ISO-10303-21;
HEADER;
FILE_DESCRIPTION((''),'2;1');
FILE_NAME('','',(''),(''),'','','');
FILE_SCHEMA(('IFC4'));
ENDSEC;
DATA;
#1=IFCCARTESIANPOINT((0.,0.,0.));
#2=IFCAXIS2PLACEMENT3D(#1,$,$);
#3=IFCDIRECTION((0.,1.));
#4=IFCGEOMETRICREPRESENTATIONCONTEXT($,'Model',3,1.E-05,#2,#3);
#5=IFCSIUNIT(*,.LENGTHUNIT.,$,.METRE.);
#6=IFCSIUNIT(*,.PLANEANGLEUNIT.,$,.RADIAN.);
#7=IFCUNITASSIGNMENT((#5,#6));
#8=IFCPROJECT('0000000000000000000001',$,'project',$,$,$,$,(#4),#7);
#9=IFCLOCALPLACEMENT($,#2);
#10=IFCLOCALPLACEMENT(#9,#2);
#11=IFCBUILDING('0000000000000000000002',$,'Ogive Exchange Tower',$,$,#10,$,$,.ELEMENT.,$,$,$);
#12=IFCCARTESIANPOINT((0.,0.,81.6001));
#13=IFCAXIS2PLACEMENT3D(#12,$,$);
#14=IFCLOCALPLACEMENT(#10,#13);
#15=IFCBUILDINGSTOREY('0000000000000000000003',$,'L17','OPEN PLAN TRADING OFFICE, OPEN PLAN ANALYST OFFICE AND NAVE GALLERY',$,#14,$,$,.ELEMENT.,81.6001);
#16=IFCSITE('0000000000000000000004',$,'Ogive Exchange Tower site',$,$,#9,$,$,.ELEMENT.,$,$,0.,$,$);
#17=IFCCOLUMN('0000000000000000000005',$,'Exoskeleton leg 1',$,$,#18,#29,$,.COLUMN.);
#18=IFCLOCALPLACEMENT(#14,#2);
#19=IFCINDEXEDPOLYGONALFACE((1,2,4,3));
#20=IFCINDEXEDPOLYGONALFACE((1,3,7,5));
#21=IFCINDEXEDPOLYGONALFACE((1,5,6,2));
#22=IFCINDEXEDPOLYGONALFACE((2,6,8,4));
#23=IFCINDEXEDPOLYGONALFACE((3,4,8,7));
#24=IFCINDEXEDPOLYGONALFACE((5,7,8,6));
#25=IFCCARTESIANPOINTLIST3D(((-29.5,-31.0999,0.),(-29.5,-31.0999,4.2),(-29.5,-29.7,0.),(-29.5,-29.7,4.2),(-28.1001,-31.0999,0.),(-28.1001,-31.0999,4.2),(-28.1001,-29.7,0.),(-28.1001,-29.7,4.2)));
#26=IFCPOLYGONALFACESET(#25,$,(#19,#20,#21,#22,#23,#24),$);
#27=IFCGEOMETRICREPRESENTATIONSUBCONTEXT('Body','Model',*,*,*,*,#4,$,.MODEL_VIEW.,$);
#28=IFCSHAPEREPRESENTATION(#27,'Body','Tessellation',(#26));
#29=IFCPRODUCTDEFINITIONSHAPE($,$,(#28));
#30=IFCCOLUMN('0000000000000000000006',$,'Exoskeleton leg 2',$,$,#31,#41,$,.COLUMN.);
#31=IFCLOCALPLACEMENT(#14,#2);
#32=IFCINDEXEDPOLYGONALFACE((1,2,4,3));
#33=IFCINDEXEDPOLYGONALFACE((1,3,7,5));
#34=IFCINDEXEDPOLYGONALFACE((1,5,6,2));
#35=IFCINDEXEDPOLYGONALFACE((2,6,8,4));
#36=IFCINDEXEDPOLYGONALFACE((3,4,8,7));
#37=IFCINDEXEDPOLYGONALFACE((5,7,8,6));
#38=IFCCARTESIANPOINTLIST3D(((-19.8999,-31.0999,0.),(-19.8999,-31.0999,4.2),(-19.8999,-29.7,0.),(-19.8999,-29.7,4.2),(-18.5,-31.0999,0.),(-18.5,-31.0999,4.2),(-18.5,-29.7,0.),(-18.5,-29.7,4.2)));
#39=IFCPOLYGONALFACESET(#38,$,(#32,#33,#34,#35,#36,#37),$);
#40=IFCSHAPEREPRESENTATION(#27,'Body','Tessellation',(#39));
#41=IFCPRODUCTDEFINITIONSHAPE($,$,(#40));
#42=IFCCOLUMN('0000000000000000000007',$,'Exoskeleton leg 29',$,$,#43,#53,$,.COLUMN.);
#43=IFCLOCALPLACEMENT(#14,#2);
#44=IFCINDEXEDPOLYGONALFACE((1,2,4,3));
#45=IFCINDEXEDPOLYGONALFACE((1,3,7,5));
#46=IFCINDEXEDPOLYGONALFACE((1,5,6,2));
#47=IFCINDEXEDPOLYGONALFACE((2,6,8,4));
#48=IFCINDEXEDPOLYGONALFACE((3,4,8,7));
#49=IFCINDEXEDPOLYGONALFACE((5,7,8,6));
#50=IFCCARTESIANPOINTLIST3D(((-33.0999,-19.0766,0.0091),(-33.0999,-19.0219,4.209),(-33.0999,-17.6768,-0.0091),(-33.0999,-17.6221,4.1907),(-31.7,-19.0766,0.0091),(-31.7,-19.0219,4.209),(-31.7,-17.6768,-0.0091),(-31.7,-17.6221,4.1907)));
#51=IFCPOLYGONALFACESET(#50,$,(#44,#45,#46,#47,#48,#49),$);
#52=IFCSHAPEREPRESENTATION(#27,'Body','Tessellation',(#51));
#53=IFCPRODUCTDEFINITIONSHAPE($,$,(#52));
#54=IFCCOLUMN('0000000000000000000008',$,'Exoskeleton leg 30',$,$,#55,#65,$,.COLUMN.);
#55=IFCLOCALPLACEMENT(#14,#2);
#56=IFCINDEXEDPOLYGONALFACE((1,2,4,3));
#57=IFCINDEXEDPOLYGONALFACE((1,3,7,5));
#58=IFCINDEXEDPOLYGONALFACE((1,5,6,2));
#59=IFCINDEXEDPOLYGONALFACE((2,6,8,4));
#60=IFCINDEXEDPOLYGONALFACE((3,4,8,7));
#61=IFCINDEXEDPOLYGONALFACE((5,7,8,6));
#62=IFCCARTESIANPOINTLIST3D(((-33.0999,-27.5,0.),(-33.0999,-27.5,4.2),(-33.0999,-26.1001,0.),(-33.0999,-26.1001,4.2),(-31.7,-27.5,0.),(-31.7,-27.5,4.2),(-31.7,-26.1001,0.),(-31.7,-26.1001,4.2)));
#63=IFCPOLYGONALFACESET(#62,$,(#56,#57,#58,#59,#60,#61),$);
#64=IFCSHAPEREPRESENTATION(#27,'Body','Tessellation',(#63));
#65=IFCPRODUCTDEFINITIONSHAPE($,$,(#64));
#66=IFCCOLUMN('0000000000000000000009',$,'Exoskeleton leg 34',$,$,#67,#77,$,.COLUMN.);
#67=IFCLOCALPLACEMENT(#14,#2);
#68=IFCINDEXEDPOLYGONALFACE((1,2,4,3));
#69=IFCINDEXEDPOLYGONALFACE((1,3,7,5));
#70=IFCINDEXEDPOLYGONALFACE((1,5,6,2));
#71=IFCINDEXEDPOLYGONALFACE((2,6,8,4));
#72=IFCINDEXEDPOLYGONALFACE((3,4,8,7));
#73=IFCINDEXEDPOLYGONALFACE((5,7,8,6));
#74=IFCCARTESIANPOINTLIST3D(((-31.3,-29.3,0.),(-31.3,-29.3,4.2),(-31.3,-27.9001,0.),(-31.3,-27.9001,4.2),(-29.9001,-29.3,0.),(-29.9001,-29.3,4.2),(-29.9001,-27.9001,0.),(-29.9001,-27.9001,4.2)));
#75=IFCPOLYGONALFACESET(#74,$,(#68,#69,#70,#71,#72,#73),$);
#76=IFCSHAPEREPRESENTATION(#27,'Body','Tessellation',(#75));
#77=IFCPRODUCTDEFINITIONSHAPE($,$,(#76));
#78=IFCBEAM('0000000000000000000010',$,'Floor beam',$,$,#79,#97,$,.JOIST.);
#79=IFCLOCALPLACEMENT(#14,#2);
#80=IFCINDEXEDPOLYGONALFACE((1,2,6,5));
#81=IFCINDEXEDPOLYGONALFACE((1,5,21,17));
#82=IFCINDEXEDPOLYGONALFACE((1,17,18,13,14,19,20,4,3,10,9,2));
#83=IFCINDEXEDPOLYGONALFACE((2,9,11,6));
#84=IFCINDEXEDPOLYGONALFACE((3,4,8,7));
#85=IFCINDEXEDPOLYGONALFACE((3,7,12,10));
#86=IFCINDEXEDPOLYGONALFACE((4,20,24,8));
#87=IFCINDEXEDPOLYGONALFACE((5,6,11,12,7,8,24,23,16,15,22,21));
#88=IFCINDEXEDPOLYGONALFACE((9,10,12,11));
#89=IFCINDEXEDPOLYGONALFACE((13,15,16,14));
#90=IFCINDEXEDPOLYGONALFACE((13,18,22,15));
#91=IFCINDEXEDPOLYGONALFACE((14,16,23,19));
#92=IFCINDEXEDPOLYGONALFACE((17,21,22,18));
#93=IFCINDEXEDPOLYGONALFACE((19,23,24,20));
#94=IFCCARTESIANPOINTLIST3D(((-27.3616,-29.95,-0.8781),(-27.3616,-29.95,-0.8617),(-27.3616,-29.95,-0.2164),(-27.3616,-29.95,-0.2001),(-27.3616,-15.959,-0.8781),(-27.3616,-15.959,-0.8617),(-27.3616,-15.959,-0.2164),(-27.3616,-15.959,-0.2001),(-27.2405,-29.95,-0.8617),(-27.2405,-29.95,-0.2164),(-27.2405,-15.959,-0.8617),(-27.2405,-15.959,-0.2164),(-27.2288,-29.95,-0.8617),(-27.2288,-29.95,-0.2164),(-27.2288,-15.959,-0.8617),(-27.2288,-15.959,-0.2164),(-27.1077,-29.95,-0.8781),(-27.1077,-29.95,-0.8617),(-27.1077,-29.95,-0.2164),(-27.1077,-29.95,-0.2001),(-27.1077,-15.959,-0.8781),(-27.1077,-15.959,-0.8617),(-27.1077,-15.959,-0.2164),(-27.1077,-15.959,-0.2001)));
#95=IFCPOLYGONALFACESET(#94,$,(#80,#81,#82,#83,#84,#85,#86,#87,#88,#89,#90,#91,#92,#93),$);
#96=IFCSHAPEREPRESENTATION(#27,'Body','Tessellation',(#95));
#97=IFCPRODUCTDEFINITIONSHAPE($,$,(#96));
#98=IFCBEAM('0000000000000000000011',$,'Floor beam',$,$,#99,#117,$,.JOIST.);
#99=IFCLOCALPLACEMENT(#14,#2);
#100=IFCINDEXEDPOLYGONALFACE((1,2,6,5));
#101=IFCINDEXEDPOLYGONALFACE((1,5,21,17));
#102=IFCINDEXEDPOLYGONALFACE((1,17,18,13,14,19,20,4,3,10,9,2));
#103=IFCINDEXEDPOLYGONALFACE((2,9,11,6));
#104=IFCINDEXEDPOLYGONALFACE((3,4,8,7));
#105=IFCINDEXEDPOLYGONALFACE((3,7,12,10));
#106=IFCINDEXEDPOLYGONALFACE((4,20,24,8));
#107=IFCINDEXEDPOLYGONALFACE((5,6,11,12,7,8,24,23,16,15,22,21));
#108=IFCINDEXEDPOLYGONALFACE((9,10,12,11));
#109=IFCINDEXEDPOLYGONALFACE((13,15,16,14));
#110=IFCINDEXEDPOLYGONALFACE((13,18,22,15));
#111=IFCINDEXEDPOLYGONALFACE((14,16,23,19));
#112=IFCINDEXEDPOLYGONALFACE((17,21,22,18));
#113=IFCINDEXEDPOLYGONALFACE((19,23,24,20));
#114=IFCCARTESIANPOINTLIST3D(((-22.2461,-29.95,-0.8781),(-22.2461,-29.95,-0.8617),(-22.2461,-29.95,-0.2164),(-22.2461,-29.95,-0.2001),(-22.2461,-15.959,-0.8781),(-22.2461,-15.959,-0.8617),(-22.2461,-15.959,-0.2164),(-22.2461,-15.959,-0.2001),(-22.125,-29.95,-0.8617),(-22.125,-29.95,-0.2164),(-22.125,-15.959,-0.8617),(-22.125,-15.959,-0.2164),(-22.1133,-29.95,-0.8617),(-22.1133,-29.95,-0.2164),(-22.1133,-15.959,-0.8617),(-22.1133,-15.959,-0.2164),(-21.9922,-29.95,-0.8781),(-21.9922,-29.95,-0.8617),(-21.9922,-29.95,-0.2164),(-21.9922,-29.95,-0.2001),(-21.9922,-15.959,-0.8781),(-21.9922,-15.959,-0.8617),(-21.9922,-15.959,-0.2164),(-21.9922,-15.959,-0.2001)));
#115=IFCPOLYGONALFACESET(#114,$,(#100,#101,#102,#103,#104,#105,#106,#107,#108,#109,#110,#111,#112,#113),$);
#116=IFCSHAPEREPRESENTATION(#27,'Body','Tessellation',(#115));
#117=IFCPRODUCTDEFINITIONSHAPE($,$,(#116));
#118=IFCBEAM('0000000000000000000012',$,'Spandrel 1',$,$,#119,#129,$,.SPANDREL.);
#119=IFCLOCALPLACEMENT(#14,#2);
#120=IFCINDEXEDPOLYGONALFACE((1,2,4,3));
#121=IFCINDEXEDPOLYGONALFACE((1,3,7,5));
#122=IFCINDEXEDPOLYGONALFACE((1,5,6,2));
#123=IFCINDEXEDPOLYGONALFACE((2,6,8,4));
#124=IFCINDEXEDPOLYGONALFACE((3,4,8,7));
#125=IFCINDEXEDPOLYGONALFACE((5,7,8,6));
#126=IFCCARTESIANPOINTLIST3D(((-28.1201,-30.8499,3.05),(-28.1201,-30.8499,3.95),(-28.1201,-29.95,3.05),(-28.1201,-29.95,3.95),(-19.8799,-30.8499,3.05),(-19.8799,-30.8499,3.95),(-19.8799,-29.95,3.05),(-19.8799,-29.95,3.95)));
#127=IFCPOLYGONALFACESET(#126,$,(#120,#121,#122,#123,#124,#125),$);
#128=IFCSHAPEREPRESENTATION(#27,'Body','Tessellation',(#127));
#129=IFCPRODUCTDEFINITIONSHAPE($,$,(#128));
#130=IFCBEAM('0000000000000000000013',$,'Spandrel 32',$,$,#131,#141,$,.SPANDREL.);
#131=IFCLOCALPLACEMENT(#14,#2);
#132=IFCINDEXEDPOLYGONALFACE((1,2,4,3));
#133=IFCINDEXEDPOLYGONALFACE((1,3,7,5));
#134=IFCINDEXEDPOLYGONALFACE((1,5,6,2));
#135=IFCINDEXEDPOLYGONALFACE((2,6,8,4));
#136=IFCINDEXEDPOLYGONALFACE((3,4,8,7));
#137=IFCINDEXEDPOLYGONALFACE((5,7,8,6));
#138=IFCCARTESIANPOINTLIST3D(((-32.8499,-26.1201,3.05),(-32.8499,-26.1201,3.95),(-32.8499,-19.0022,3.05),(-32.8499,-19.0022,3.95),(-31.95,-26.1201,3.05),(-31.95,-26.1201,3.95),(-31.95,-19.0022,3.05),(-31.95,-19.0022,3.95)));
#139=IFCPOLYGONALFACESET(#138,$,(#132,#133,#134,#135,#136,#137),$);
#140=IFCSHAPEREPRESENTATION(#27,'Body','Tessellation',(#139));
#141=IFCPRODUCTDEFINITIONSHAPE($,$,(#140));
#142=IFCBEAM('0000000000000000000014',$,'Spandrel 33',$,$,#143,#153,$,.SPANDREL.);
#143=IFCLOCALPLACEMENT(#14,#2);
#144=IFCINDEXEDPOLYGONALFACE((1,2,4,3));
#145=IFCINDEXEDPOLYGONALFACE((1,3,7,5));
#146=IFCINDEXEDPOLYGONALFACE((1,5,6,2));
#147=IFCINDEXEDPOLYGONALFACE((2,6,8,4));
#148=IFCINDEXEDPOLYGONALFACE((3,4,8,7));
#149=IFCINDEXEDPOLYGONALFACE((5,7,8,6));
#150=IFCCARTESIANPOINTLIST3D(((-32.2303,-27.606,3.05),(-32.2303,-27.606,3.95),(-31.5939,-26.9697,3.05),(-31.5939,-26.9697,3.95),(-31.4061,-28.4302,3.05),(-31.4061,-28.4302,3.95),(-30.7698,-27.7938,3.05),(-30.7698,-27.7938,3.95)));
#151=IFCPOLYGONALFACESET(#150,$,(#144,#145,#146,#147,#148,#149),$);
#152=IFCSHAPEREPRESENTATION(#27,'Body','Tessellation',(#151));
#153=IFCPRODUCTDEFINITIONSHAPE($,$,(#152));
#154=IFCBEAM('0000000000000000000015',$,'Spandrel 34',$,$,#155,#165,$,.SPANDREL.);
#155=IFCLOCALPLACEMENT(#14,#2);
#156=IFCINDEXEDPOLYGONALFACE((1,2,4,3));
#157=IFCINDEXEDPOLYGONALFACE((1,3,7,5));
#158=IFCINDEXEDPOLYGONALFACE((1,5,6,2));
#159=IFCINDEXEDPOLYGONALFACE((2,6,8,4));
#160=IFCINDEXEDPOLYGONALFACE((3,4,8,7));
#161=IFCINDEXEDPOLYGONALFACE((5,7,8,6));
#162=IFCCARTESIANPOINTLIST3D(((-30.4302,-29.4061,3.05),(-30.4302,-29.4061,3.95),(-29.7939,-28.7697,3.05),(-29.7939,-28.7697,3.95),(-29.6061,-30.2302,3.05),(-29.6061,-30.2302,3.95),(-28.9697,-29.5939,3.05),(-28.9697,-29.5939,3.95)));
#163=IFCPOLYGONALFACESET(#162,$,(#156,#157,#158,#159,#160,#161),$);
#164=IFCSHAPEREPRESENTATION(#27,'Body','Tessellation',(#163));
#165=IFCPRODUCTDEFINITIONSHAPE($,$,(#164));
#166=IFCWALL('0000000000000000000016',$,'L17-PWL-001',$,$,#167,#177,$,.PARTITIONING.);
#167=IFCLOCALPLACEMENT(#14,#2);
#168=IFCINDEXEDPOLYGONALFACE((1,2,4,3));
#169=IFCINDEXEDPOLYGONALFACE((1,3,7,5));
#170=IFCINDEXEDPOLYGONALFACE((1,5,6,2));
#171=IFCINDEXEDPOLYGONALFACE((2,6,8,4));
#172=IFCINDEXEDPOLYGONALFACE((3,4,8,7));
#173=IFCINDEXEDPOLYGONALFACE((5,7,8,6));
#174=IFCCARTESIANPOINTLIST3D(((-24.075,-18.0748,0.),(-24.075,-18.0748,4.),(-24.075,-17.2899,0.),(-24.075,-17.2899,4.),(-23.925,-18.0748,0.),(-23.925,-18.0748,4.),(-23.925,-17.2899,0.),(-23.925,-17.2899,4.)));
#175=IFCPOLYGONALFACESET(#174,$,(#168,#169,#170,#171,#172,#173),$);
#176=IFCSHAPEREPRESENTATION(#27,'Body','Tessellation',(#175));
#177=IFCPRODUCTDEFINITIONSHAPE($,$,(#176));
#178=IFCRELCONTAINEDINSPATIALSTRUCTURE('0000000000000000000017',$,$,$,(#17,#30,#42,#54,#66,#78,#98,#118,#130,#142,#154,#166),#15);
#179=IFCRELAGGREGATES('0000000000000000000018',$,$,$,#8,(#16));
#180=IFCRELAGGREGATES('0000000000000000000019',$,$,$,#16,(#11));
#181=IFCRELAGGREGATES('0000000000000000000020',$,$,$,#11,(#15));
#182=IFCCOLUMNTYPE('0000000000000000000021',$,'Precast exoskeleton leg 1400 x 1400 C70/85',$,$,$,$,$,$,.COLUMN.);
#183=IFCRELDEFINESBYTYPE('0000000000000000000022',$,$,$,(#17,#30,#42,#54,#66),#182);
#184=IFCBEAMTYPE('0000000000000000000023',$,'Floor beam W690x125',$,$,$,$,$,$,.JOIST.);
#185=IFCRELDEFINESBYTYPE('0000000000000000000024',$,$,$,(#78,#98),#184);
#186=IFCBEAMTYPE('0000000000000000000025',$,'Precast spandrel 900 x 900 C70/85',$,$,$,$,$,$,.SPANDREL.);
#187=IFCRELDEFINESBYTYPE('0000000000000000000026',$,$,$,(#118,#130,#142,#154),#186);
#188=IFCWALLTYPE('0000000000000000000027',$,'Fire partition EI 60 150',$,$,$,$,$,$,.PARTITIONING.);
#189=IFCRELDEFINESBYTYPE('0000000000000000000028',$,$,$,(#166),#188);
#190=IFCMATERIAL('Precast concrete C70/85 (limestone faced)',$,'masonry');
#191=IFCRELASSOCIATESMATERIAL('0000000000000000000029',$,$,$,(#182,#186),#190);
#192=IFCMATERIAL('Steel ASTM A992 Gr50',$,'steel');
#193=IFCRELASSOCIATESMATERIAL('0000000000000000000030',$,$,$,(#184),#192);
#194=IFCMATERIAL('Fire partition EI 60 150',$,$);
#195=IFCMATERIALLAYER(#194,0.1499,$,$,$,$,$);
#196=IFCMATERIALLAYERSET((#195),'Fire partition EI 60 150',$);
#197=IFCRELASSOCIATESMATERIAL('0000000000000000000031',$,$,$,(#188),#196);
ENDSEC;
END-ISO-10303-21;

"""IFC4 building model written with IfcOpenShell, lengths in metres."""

from ifc_helpers import new_model, si_unit, direction, frame, frame_2d, origin, origin_2d, place, context, subcontext, project, spatial, rectangle, i_section, extrude, material, layer, layer_set, material_profile, profile_set, type_object, element, save


model = new_model("IFC4")

# Units and contexts
model_context = context("Model", 3, precision=1e-05, world=origin(), true_north=direction((0.0, 1.0)))
body_context = subcontext(model_context, "Body", "Model", "MODEL_VIEW")
ifc_project = project(units=[si_unit("LENGTHUNIT", "METRE"), si_unit("PLANEANGLEUNIT", "RADIAN")], contexts=[model_context])

# Site, building, storey
site_placement = place(None, origin())
site = spatial("IfcSite", under=ifc_project, at=site_placement, Name="Ogive Exchange Tower site", CompositionType="ELEMENT", RefElevation=0.0)
building_placement = place(site_placement, origin())
building = spatial("IfcBuilding", under=site, at=building_placement, Name="Ogive Exchange Tower", CompositionType="ELEMENT")
storey_placement = place(building_placement, frame((0.0, 0.0, 81.6001)))
storey = spatial("IfcBuildingStorey", under=building, at=storey_placement, Name="L17", Description="OPEN PLAN TRADING OFFICE, OPEN PLAN ANALYST OFFICE AND NAVE GALLERY", CompositionType="ELEMENT", Elevation=81.6001)

# Columns
ifc_material_1 = material(Name="Precast concrete C70/85 (limestone faced)", Category="masonry")
ifc_material_profile_1 = material_profile(ifc_material_1, rectangle(XDim=1.3999, YDim=1.3999, at=origin_2d()), Name="1400 x 1400")
ifc_profile_set_1 = profile_set([ifc_material_profile_1], Name="Precast concrete C70/85 (limestone faced)")
column_type = type_object("IfcColumnType", Name="Precast exoskeleton leg 1400 x 1400 C70/85", PredefinedType="COLUMN", material=ifc_profile_set_1)
for number, where, z_axis, x_axis, name in (
    (1, (-28.8, -30.3999, 0.0), (0.0, 0.0, 1.0), (1.0, 0.0, 0.0), "Exoskeleton leg 1"),
    (2, (-19.2, -30.3999, 0.0), (0.0, 0.0, 1.0), (1.0, 0.0, 0.0), "Exoskeleton leg 2"),
):
    element("IfcColumn", number, at=place(storey_placement, frame(where, z_axis=z_axis, x_axis=x_axis)), inside=storey, type_object=column_type, Name=name, PredefinedType="COLUMN", context=body_context, shape_type="SweptSolid", body=[
        extrude(rectangle(XDim=1.3999, YDim=1.3999, at=origin_2d()), origin(), (0.0, 0.0, 1.0), 4.2),
    ])
column_placement = place(storey_placement, frame((-32.3999, -18.3767, 0.0), z_axis=(0.0, 0.01302, 0.999915), x_axis=(-1.0, 0.0, 0.0)))
element("IfcColumn", 3, at=column_placement, inside=storey, type_object=column_type, Name="Exoskeleton leg 29", PredefinedType="COLUMN", context=body_context, shape_type="SweptSolid", body=[
    extrude(rectangle(XDim=1.3999, YDim=1.3999, at=origin_2d()), origin(), (0.0, 0.0, 1.0), 4.2002),
])
for number, where, z_axis, x_axis, name in (
    (4, (-32.3999, -26.8, 0.0), (0.0, 0.0, 1.0), (1.0, 0.0, 0.0), "Exoskeleton leg 30"),
    (5, (-30.6001, -28.6001, 0.0), (0.0, 0.0, 1.0), (1.0, 0.0, 0.0), "Exoskeleton leg 34"),
):
    element("IfcColumn", number, at=place(storey_placement, frame(where, z_axis=z_axis, x_axis=x_axis)), inside=storey, type_object=column_type, Name=name, PredefinedType="COLUMN", context=body_context, shape_type="SweptSolid", body=[
        extrude(rectangle(XDim=1.3999, YDim=1.3999, at=origin_2d()), origin(), (0.0, 0.0, 1.0), 4.2),
    ])

# Beams
ifc_material_2 = material(Name="Steel ASTM A992 Gr50", Category="steel")
ifc_material_profile_2 = material_profile(ifc_material_2, i_section(OverallWidth=0.2539, OverallDepth=0.678, WebThickness=0.0117, FlangeThickness=0.0164, at=origin_2d()), Name="W690x125")
ifc_profile_set_2 = profile_set([ifc_material_profile_2], Name="Steel ASTM A992 Gr50")
beam_type_1 = type_object("IfcBeamType", Name="Floor beam W690x125", PredefinedType="JOIST", material=ifc_profile_set_2)
for number, where, z_axis, x_axis, name in (
    (6, (-27.2346, -29.95, -0.5391), (0.0, 1.0, 0.0), (-1.0, 0.0, 0.0), "Floor beam"),
    (7, (-22.1191, -29.95, -0.5391), (0.0, 1.0, 0.0), (-1.0, 0.0, 0.0), "Floor beam"),
):
    element("IfcBeam", number, at=place(storey_placement, frame(where, z_axis=z_axis, x_axis=x_axis)), inside=storey, type_object=beam_type_1, Name=name, PredefinedType="JOIST", context=body_context, shape_type="SweptSolid", body=[
        extrude(i_section(OverallWidth=0.2539, OverallDepth=0.678, WebThickness=0.0117, FlangeThickness=0.0164, at=origin_2d()), origin(), (0.0, 0.0, 1.0), 13.991),
    ])
ifc_material_profile_3 = material_profile(ifc_material_1, rectangle(XDim=0.8999, YDim=0.8999, at=origin_2d()), Name="900 x 900")
ifc_profile_set_3 = profile_set([ifc_material_profile_3], Name="Precast concrete C70/85 (limestone faced)")
beam_type_2 = type_object("IfcBeamType", Name="Precast spandrel 900 x 900 C70/85", PredefinedType="SPANDREL", material=ifc_profile_set_3)
beam_1_placement = place(storey_placement, frame((-28.1201, -30.3999, 3.5), z_axis=(1.0, 0.0, 0.0), x_axis=(0.0, 1.0, 0.0)))
element("IfcBeam", 8, at=beam_1_placement, inside=storey, type_object=beam_type_2, Name="Spandrel 1", PredefinedType="SPANDREL", context=body_context, shape_type="SweptSolid", body=[
    extrude(rectangle(XDim=0.8999, YDim=0.8999, at=origin_2d()), origin(), (0.0, 0.0, 1.0), 8.2402),
])
beam_2_placement = place(storey_placement, frame((-32.3999, -19.0022, 3.5), z_axis=(0.0, -1.0, 0.0), x_axis=(1.0, 0.0, 0.0)))
element("IfcBeam", 9, at=beam_2_placement, inside=storey, type_object=beam_type_2, Name="Spandrel 32", PredefinedType="SPANDREL", context=body_context, shape_type="SweptSolid", body=[
    extrude(rectangle(XDim=0.8999, YDim=0.8999, at=origin_2d()), origin(), (0.0, 0.0, 1.0), 7.1179),
])
for number, where, z_axis, x_axis, name in (
    (10, (-31.9121, -27.2878, 3.5), (0.707107, -0.707107, 0.0), (0.707107, 0.707107, 0.0), "Spandrel 33"),
    (11, (-30.1121, -29.0879, 3.5), (0.707107, -0.707107, 0.0), (0.707107, 0.707107, 0.0), "Spandrel 34"),
):
    element("IfcBeam", number, at=place(storey_placement, frame(where, z_axis=z_axis, x_axis=x_axis)), inside=storey, type_object=beam_type_2, Name=name, PredefinedType="SPANDREL", context=body_context, shape_type="SweptSolid", body=[
        extrude(rectangle(XDim=0.8999, YDim=0.8999, at=origin_2d()), origin(), (0.0, 0.0, 1.0), 1.1655),
    ])

# Wall
ifc_material_3 = material(Name="Fire partition EI 60 150")
ifc_layer_1 = layer(ifc_material_3, 0.1499)
ifc_layer_set_1 = layer_set([ifc_layer_1], Name="Fire partition EI 60 150")
wall_type_1 = type_object("IfcWallType", Name="Fire partition EI 60 150", PredefinedType="PARTITIONING", material=ifc_layer_set_1)
wall_1_placement = place(storey_placement, frame((-24.0, -18.075, 0.0), z_axis=(0.0, 0.0, 1.0), x_axis=(0.0, 1.0, 0.0)))
element("IfcWall", 12, at=wall_1_placement, inside=storey, type_object=wall_type_1, Name="L17-PWL-001", PredefinedType="PARTITIONING", context=body_context, shape_type="SweptSolid", body=[
    extrude(rectangle(XDim=0.7849, YDim=0.1499, at=frame_2d((0.3926, 0.0))), origin(), (0.0, 0.0, 1.0), 4.0),
])

save(model, "model.ifc")
